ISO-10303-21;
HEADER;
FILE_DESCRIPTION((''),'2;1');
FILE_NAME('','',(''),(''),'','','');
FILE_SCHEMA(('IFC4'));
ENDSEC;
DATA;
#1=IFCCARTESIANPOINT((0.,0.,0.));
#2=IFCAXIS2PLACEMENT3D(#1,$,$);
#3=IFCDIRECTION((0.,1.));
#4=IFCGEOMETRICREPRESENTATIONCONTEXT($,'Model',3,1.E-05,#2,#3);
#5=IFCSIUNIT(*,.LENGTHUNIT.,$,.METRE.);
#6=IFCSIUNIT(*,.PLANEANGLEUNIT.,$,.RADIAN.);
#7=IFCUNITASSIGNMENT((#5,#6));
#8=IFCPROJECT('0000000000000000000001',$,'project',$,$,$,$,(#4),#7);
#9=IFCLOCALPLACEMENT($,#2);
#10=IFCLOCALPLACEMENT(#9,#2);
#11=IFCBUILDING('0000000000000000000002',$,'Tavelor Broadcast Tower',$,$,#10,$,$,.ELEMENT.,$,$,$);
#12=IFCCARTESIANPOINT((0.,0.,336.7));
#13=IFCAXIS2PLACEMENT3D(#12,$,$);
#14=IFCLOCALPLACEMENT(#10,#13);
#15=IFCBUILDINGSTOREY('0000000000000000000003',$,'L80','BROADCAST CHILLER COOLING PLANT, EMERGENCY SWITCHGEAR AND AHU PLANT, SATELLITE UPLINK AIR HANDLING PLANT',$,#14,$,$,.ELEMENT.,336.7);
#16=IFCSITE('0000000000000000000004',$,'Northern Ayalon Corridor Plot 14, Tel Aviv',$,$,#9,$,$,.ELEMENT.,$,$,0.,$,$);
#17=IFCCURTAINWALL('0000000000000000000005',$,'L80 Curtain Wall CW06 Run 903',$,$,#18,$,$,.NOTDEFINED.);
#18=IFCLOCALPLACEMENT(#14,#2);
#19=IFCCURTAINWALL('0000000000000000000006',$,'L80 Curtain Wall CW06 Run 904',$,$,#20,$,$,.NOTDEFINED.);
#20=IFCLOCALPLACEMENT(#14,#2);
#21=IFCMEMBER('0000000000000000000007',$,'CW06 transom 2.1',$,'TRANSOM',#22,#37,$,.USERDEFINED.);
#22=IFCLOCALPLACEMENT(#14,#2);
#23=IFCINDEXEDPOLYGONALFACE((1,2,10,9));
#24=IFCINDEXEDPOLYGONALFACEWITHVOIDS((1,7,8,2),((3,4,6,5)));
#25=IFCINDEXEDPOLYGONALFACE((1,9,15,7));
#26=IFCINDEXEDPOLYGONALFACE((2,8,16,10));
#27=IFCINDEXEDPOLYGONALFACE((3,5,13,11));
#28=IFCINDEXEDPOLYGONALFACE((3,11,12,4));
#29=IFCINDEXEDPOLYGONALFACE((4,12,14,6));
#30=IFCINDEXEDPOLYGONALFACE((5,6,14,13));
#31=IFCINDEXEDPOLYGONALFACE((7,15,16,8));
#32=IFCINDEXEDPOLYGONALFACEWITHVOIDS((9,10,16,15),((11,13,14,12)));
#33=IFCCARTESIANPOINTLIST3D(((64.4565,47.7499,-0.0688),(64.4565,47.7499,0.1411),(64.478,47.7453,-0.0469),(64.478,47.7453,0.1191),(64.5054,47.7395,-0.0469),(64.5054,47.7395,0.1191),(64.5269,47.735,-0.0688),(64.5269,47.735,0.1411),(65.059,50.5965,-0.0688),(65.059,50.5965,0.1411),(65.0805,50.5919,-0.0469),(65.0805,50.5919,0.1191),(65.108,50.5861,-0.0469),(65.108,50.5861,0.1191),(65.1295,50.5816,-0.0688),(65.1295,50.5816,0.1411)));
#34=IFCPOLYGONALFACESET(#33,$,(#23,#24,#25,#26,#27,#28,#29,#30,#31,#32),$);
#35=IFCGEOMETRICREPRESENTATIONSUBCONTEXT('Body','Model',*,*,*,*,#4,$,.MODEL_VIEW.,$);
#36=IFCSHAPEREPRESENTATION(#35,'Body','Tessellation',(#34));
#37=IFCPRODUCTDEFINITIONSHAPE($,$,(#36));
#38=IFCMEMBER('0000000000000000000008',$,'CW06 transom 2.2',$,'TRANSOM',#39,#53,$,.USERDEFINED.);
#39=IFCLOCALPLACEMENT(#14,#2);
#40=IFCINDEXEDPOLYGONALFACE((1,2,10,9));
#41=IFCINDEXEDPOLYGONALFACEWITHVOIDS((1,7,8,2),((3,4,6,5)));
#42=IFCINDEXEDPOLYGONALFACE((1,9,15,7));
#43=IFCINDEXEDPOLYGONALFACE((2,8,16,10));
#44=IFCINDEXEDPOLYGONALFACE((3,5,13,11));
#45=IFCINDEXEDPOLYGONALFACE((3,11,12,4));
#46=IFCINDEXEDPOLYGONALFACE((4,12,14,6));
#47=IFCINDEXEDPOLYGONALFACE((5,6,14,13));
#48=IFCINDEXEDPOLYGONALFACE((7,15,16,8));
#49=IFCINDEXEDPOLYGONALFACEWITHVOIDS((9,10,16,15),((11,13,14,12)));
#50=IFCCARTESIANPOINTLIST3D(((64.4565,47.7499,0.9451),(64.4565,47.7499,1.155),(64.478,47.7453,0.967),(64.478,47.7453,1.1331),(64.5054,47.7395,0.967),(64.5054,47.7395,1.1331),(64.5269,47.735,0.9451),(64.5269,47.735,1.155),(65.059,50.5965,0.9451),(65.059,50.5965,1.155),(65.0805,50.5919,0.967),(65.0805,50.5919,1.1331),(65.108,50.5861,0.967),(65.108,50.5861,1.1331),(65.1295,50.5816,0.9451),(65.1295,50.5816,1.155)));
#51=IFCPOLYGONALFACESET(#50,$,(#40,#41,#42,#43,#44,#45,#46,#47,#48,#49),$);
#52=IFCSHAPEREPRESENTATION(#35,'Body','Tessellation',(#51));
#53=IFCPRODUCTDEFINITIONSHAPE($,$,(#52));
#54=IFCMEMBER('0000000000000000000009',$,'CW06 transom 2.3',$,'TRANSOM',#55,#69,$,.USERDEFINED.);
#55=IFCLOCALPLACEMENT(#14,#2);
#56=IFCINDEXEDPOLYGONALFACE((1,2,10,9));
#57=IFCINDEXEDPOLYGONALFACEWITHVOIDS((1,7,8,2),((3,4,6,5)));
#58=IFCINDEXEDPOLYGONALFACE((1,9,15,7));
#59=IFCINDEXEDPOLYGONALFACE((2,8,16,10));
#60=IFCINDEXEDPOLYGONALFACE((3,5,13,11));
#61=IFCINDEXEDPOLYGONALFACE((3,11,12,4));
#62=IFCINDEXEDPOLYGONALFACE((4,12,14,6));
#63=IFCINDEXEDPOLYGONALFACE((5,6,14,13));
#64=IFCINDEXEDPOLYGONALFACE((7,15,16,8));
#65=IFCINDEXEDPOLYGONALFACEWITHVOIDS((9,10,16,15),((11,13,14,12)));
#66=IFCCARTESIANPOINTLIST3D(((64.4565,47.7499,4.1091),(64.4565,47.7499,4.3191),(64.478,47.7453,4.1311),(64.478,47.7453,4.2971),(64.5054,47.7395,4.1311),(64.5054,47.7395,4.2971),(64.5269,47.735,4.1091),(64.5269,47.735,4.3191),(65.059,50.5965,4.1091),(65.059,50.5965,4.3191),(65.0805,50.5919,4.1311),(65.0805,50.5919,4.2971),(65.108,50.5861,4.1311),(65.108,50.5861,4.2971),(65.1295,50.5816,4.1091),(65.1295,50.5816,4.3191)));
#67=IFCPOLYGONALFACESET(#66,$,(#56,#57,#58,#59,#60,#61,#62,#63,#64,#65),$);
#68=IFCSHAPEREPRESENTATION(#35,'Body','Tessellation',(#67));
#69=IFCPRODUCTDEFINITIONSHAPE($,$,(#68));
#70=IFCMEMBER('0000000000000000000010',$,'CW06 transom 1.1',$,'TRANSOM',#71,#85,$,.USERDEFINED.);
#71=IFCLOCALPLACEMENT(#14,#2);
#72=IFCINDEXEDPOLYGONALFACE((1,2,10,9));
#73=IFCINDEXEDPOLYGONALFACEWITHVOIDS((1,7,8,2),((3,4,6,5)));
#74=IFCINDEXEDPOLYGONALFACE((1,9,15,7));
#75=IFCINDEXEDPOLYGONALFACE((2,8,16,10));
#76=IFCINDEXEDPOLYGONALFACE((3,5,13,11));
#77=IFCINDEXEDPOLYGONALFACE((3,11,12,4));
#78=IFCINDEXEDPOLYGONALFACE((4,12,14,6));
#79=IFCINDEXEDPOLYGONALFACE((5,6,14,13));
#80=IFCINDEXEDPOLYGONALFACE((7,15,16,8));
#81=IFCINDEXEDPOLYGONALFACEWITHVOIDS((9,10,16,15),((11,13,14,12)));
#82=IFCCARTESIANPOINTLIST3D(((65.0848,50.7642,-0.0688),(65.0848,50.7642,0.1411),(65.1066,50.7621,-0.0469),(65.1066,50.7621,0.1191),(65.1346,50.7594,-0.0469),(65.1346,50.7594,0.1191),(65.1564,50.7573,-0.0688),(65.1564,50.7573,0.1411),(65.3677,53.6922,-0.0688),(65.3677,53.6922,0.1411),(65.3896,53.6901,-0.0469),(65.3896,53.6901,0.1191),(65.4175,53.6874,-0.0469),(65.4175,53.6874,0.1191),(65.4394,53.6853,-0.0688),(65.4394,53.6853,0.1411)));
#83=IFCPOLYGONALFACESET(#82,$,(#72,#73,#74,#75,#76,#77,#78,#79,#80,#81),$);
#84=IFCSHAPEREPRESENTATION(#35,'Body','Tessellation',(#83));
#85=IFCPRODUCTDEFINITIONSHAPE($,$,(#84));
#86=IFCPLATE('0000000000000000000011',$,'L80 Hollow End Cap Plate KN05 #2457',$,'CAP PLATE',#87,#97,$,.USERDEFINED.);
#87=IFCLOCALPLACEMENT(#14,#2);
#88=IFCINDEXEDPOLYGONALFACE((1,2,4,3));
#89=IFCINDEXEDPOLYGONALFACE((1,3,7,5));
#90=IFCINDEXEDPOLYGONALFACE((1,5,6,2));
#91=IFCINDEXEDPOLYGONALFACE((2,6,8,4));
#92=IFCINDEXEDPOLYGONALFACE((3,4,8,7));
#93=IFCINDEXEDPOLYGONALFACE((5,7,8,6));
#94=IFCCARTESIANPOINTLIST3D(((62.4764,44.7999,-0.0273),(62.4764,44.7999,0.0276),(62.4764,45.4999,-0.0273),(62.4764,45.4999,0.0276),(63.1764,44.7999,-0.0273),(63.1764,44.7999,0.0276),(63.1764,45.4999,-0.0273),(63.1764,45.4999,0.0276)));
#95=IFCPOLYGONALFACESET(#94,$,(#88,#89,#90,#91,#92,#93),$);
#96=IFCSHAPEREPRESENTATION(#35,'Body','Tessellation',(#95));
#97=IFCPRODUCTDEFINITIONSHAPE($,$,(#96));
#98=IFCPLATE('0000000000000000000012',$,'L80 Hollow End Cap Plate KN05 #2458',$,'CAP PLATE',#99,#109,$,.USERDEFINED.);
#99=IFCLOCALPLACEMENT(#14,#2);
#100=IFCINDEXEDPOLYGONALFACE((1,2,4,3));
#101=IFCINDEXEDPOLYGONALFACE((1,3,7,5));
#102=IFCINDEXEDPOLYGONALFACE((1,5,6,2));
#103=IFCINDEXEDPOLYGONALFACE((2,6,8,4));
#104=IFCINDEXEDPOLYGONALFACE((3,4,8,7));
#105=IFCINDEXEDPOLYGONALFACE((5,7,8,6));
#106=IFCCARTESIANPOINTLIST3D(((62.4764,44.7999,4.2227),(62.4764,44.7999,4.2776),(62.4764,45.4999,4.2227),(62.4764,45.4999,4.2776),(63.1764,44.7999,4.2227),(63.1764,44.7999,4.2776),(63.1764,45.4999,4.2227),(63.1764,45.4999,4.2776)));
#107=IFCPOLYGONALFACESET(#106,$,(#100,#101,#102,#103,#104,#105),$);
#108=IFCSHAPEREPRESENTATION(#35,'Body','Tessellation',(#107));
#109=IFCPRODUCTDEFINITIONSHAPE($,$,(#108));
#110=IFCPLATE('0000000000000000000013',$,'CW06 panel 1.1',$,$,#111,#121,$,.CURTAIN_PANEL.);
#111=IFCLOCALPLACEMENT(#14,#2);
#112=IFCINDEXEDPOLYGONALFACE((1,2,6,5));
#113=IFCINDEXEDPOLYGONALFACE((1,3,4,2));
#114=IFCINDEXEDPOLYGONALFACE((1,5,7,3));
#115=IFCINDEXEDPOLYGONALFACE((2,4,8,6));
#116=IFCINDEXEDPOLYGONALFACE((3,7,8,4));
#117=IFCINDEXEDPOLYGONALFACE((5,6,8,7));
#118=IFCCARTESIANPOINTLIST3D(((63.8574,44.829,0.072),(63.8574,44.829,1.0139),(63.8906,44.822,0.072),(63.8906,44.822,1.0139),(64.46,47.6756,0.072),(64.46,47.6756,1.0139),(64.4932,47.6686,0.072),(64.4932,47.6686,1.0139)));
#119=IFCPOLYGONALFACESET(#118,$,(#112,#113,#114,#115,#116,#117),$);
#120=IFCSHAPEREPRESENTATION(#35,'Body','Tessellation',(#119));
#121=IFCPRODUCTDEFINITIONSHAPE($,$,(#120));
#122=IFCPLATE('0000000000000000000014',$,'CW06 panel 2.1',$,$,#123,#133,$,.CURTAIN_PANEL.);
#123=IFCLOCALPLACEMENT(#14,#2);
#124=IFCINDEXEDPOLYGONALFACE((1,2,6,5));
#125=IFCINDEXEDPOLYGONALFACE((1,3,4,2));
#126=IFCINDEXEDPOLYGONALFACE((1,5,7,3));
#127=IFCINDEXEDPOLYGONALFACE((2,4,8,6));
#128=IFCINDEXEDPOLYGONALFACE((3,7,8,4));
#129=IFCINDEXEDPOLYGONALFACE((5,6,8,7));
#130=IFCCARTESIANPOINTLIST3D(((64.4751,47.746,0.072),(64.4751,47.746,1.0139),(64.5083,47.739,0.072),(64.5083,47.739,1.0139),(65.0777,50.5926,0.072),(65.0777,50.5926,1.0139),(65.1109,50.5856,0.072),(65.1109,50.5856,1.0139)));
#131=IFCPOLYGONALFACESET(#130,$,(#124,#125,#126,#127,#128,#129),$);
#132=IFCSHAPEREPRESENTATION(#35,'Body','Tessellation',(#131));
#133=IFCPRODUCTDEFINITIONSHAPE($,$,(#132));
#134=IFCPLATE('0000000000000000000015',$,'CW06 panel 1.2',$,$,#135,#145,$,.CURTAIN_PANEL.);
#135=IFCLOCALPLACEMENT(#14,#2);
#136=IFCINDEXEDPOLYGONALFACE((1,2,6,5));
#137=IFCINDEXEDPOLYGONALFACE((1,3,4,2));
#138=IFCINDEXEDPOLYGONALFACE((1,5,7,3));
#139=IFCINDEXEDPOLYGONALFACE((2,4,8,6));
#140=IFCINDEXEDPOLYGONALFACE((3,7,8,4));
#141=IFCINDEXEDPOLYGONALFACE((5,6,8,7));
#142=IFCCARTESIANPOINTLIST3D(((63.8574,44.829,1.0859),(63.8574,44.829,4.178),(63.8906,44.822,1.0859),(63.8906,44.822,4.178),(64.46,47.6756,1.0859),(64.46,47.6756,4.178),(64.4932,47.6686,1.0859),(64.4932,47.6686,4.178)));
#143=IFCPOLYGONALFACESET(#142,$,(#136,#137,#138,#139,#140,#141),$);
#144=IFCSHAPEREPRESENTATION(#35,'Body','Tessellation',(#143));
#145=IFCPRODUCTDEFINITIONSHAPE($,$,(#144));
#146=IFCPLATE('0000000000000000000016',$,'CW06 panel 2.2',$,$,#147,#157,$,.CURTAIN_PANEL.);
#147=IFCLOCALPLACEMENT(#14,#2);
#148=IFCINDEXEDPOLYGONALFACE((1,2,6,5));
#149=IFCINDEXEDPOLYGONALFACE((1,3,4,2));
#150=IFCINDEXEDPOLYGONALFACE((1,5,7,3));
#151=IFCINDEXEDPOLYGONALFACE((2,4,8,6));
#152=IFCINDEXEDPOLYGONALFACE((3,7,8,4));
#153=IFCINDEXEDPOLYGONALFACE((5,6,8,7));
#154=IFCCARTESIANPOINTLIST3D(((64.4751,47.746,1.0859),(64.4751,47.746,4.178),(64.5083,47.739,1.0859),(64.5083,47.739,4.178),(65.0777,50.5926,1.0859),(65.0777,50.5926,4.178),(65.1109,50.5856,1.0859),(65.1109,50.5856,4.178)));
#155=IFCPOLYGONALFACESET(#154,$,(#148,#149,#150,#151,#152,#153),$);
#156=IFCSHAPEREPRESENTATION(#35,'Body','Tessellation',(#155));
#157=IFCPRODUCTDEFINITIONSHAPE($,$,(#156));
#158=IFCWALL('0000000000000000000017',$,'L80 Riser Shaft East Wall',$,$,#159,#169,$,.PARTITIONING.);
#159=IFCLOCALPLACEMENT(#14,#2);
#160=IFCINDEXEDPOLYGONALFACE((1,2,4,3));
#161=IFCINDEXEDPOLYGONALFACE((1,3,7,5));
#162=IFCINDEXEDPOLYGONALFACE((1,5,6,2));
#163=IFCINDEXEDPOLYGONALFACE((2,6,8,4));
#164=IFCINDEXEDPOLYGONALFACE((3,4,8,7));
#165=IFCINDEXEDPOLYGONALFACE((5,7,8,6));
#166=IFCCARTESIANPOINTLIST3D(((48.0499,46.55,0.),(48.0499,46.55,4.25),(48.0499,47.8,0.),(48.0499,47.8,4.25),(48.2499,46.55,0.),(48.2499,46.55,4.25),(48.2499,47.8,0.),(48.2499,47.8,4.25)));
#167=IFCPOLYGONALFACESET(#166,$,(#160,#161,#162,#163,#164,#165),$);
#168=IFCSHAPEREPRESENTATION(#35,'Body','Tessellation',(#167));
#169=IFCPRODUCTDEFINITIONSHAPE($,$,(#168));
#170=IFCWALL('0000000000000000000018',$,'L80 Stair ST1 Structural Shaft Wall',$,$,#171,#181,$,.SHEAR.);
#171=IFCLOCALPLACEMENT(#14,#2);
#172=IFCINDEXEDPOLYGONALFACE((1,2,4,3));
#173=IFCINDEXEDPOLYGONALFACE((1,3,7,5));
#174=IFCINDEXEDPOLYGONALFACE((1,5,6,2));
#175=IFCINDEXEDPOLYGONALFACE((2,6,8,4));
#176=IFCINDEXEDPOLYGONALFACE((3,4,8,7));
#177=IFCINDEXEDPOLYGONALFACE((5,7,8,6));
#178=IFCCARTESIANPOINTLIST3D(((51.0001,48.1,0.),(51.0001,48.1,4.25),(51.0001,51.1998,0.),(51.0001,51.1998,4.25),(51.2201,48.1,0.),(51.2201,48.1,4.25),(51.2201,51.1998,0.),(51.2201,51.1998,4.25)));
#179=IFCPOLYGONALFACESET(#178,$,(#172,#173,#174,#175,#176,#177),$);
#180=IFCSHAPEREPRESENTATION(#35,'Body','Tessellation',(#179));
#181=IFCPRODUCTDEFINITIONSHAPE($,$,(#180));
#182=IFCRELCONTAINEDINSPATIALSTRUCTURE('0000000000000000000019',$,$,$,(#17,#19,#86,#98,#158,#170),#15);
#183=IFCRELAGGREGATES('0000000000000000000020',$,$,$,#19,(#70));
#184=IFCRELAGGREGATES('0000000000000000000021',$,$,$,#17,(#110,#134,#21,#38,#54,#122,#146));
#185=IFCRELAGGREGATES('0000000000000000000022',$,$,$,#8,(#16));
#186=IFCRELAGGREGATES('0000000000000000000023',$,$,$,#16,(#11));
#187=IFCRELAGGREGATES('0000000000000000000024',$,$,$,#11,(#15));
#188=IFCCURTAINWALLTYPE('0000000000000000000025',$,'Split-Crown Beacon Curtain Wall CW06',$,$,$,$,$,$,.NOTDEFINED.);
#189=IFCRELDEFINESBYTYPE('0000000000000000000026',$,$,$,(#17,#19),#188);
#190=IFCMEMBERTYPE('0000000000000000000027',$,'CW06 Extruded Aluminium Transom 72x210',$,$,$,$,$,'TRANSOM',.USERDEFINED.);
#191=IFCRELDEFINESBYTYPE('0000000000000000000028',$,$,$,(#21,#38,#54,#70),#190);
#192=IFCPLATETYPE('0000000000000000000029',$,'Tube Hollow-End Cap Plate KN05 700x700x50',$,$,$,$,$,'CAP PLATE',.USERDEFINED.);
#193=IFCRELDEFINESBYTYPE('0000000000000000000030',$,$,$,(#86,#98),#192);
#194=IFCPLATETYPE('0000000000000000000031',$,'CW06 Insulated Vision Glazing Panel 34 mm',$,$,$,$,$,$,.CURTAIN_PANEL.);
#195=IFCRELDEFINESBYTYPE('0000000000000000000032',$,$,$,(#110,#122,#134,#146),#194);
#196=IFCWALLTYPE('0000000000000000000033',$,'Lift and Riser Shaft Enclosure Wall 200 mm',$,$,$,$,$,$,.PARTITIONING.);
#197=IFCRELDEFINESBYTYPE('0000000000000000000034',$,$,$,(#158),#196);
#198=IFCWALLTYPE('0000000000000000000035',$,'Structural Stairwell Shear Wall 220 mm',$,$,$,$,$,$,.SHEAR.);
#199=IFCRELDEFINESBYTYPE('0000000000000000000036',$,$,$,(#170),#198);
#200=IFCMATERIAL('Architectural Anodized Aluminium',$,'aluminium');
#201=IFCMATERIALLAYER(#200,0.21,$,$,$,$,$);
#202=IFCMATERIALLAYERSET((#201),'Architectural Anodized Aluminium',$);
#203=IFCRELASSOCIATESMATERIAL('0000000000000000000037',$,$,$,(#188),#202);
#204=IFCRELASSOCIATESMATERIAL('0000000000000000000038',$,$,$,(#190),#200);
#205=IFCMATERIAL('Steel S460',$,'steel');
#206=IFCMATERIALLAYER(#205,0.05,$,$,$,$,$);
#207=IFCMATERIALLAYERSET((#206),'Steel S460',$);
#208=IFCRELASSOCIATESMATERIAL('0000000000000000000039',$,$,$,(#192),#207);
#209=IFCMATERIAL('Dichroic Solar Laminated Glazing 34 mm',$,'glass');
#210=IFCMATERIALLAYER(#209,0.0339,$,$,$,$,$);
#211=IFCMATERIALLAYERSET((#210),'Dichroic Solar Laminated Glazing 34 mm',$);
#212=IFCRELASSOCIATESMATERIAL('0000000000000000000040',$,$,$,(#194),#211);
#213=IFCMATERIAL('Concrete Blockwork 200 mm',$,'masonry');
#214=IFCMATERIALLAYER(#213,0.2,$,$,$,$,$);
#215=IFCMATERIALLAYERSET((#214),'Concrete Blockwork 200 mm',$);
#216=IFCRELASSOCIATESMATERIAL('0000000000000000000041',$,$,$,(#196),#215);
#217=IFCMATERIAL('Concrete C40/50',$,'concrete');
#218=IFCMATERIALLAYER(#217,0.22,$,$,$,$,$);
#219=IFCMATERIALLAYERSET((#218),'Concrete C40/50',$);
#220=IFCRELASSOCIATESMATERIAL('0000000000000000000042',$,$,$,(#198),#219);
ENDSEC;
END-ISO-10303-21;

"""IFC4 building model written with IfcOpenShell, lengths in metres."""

from ifc_helpers import new_model, si_unit, direction, frame, frame_2d, origin, origin_2d, place, context, subcontext, project, spatial, rectangle, hollow_rectangle, extrude, source, transform, mapped, material, layer, layer_set, material_profile, profile_set, type_object, type_shapes, element, aggregate, save


model = new_model("IFC4")

# Units and contexts
model_context = context("Model", 3, precision=1e-05, world=origin(), true_north=direction((0.0, 1.0)))
body_context = subcontext(model_context, "Body", "Model", "MODEL_VIEW")
ifc_project = project(units=[si_unit("LENGTHUNIT", "METRE"), si_unit("PLANEANGLEUNIT", "RADIAN")], contexts=[model_context])

# Site, building, storey
site_placement = place(None, origin())
site = spatial("IfcSite", under=ifc_project, at=site_placement, Name="Northern Ayalon Corridor Plot 14, Tel Aviv", CompositionType="ELEMENT", RefElevation=0.0)
building_placement = place(site_placement, origin())
building = spatial("IfcBuilding", under=site, at=building_placement, Name="Tavelor Broadcast Tower", CompositionType="ELEMENT")
storey_placement = place(building_placement, frame((0.0, 0.0, 336.7)))
storey = spatial("IfcBuildingStorey", under=building, at=storey_placement, Name="L80", Description="BROADCAST CHILLER COOLING PLANT, EMERGENCY SWITCHGEAR AND AHU PLANT, SATELLITE UPLINK AIR HANDLING PLANT", CompositionType="ELEMENT", Elevation=336.7)

# Shared definitions
ifc_material_1 = material(Name="Concrete C40/50", Category="concrete")

# Curtain wall
ifc_material_2 = material(Name="Architectural Anodized Aluminium", Category="aluminium")
ifc_layer_1 = layer(ifc_material_2, 0.21)
ifc_layer_set_1 = layer_set([ifc_layer_1], Name="Architectural Anodized Aluminium")
curtain_wall_type = type_object("IfcCurtainWallType", Name="Split-Crown Beacon Curtain Wall CW06", PredefinedType="NOTDEFINED", material=ifc_layer_set_1)
curtain_wall_1_placement = place(storey_placement, origin())
curtain_wall_1 = element("IfcCurtainWall", 1, at=curtain_wall_1_placement, inside=storey, type_object=curtain_wall_type, Name="L80 Curtain Wall CW06 Run 903", PredefinedType="NOTDEFINED")

# Curtain wall
curtain_wall_2_placement = place(storey_placement, origin())
curtain_wall_2 = element("IfcCurtainWall", 2, at=curtain_wall_2_placement, inside=storey, type_object=curtain_wall_type, Name="L80 Curtain Wall CW06 Run 904", PredefinedType="NOTDEFINED")

# Members
ifc_material_profile_1 = material_profile(ifc_material_2, hollow_rectangle(XDim=0.072, YDim=0.21, WallThickness=0.022, at=origin_2d()), Name="RHS 72x210x22")
ifc_profile_set_1 = profile_set([ifc_material_profile_1], Name="Architectural Anodized Aluminium")
member_type_1 = type_object("IfcMemberType", Name="CW06 Extruded Aluminium Transom 72x210", ElementType="TRANSOM", PredefinedType="USERDEFINED", material=ifc_profile_set_1)
shared_shape_1 = source(origin(), body_context, "Body", "SweptSolid", [
    extrude(hollow_rectangle(XDim=0.072, YDim=0.21, WallThickness=0.022, at=origin_2d()), origin(), (0.0, 0.0, 1.0), 2.9097),
])
member_1_placement = place(storey_placement, frame((64.4917, 47.7424, 0.0361), z_axis=(0.207076, 0.978325, 0.0), x_axis=(-0.978325, 0.207076, 0.0)))
member_1 = element("IfcMember", 3, at=member_1_placement, type_object=member_type_1, Name="CW06 transom 2.1", ObjectType="TRANSOM", PredefinedType="USERDEFINED", context=body_context, shape_type="MappedRepresentation", body=[
    mapped(shared_shape_1, transform((0.0, 0.0, 0.0), scale=1.0)),
])
member_2_placement = place(storey_placement, frame((64.4917, 47.7424, 1.05), z_axis=(0.207076, 0.978325, 0.0), x_axis=(-0.978325, 0.207076, 0.0)))
member_2 = element("IfcMember", 4, at=member_2_placement, type_object=member_type_1, Name="CW06 transom 2.2", ObjectType="TRANSOM", PredefinedType="USERDEFINED", context=body_context, shape_type="MappedRepresentation", body=[
    mapped(shared_shape_1, transform((0.0, 0.0, 0.0), scale=1.0)),
])
member_3_placement = place(storey_placement, frame((64.4917, 47.7424, 4.2141), z_axis=(0.207076, 0.978325, 0.0), x_axis=(-0.978325, 0.207076, 0.0)))
member_3 = element("IfcMember", 5, at=member_3_placement, type_object=member_type_1, Name="CW06 transom 2.3", ObjectType="TRANSOM", PredefinedType="USERDEFINED", context=body_context, shape_type="MappedRepresentation", body=[
    mapped(shared_shape_1, transform((0.0, 0.0, 0.0), scale=1.0)),
])
shared_shape_2 = source(origin(), body_context, "Body", "SweptSolid", [
    extrude(hollow_rectangle(XDim=0.072, YDim=0.21, WallThickness=0.022, at=origin_2d()), origin(), (0.0, 0.0, 1.0), 2.9417),
])
type_shapes(member_type_1, [shared_shape_1, shared_shape_2])
member_4_placement = place(storey_placement, frame((65.1206, 50.7607, 0.0361), z_axis=(0.096192, 0.995363, 0.0), x_axis=(-0.995363, 0.096192, 0.0)))
member_4 = element("IfcMember", 6, at=member_4_placement, type_object=member_type_1, Name="CW06 transom 1.1", ObjectType="TRANSOM", PredefinedType="USERDEFINED", context=body_context, shape_type="MappedRepresentation", body=[
    mapped(shared_shape_2, transform((0.0, 0.0, 0.0), scale=1.0)),
])
aggregate(curtain_wall_2, [member_4])

# Plates
ifc_material_3 = material(Name="Steel S460", Category="steel")
ifc_layer_2 = layer(ifc_material_3, 0.05)
ifc_layer_set_2 = layer_set([ifc_layer_2], Name="Steel S460")
plate_type_1 = type_object("IfcPlateType", Name="Tube Hollow-End Cap Plate KN05 700x700x50", ElementType="CAP PLATE", PredefinedType="USERDEFINED", material=ifc_layer_set_2)
shared_shape_3 = source(origin(), body_context, "Body", "SweptSolid", [
    extrude(rectangle(XDim=0.7, YDim=0.7, at=origin_2d()), origin(), (0.0, 0.0, 1.0), 0.0549),
])
type_shapes(plate_type_1, [shared_shape_3])
for number, where, z_axis, x_axis, name in (
    (7, (62.8264, 45.1499, -0.0273), (0.0, 0.0, 1.0), (1.0, 0.0, 0.0), "L80 Hollow End Cap Plate KN05 #2457"),
    (8, (62.8264, 45.1499, 4.2227), (0.0, 0.0, 1.0), (1.0, 0.0, 0.0), "L80 Hollow End Cap Plate KN05 #2458"),
):
    element("IfcPlate", number, at=place(storey_placement, frame(where, z_axis=z_axis, x_axis=x_axis)), inside=storey, type_object=plate_type_1, Name=name, ObjectType="CAP PLATE", PredefinedType="USERDEFINED", context=body_context, shape_type="MappedRepresentation", body=[
        mapped(shared_shape_3, transform((0.0, 0.0, 0.0), scale=1.0)),
    ])

# Plates
ifc_material_4 = material(Name="Dichroic Solar Laminated Glazing 34 mm", Category="glass")
ifc_layer_3 = layer(ifc_material_4, 0.0339)
ifc_layer_set_3 = layer_set([ifc_layer_3], Name="Dichroic Solar Laminated Glazing 34 mm")
plate_type_2 = type_object("IfcPlateType", Name="CW06 Insulated Vision Glazing Panel 34 mm", PredefinedType="CURTAIN_PANEL", material=ifc_layer_set_3)
shared_shape_4 = source(origin(), body_context, "Body", "SweptSolid", [
    extrude(rectangle(XDim=2.9097, YDim=0.0339, at=origin_2d()), origin(), (0.0, 0.0, 1.0), 0.9419),
])
plate_1_placement = place(storey_placement, frame((64.1753, 46.2488, 0.072), z_axis=(0.0, 0.0, 1.0), x_axis=(0.2071, 0.97832, 0.0)))
plate_1 = element("IfcPlate", 9, at=plate_1_placement, type_object=plate_type_2, Name="CW06 panel 1.1", PredefinedType="CURTAIN_PANEL", context=body_context, shape_type="MappedRepresentation", body=[
    mapped(shared_shape_4, transform((0.0, 0.0, 0.0), scale=1.0)),
])
plate_2_placement = place(storey_placement, frame((64.793, 49.1658, 0.072), z_axis=(0.0, 0.0, 1.0), x_axis=(0.2071, 0.97832, 0.0)))
plate_2 = element("IfcPlate", 10, at=plate_2_placement, type_object=plate_type_2, Name="CW06 panel 2.1", PredefinedType="CURTAIN_PANEL", context=body_context, shape_type="MappedRepresentation", body=[
    mapped(shared_shape_4, transform((0.0, 0.0, 0.0), scale=1.0)),
])
shared_shape_5 = source(origin(), body_context, "Body", "SweptSolid", [
    extrude(rectangle(XDim=2.9097, YDim=0.0339, at=origin_2d()), origin(), (0.0, 0.0, 1.0), 3.092),
])
type_shapes(plate_type_2, [shared_shape_4, shared_shape_5])
plate_3_placement = place(storey_placement, frame((64.1753, 46.2488, 1.0859), z_axis=(0.0, 0.0, 1.0), x_axis=(0.2071, 0.97832, 0.0)))
plate_3 = element("IfcPlate", 11, at=plate_3_placement, type_object=plate_type_2, Name="CW06 panel 1.2", PredefinedType="CURTAIN_PANEL", context=body_context, shape_type="MappedRepresentation", body=[
    mapped(shared_shape_5, transform((0.0, 0.0, 0.0), scale=1.0)),
])
plate_4_placement = place(storey_placement, frame((64.793, 49.1658, 1.0859), z_axis=(0.0, 0.0, 1.0), x_axis=(0.2071, 0.97832, 0.0)))
plate_4 = element("IfcPlate", 12, at=plate_4_placement, type_object=plate_type_2, Name="CW06 panel 2.2", PredefinedType="CURTAIN_PANEL", context=body_context, shape_type="MappedRepresentation", body=[
    mapped(shared_shape_5, transform((0.0, 0.0, 0.0), scale=1.0)),
])
aggregate(curtain_wall_1, [plate_1, plate_3, member_1, member_2, member_3, plate_2, plate_4])

# Walls
ifc_material_5 = material(Name="Concrete Blockwork 200 mm", Category="masonry")
ifc_layer_4 = layer(ifc_material_5, 0.2)
ifc_layer_set_4 = layer_set([ifc_layer_4], Name="Concrete Blockwork 200 mm")
wall_type_1 = type_object("IfcWallType", Name="Lift and Riser Shaft Enclosure Wall 200 mm", PredefinedType="PARTITIONING", material=ifc_layer_set_4)
wall_1_placement = place(storey_placement, frame((48.1499, 46.55, 0.0), z_axis=(0.0, 0.0, 1.0), x_axis=(0.0, 1.0, 0.0)))
element("IfcWall", 13, at=wall_1_placement, inside=storey, type_object=wall_type_1, Name="L80 Riser Shaft East Wall", PredefinedType="PARTITIONING", context=body_context, shape_type="SweptSolid", body=[
    extrude(rectangle(XDim=1.25, YDim=0.2, at=frame_2d((0.625, 0.0))), origin(), (0.0, 0.0, 1.0), 4.25),
])
ifc_layer_5 = layer(ifc_material_1, 0.22)
ifc_layer_set_5 = layer_set([ifc_layer_5], Name="Concrete C40/50")
wall_type_2 = type_object("IfcWallType", Name="Structural Stairwell Shear Wall 220 mm", PredefinedType="SHEAR", material=ifc_layer_set_5)
wall_2_placement = place(storey_placement, frame((51.1101, 48.1001, 0.0), z_axis=(0.0, 0.0, 1.0), x_axis=(0.0, 1.0, 0.0)))
element("IfcWall", 14, at=wall_2_placement, inside=storey, type_object=wall_type_2, Name="L80 Stair ST1 Structural Shaft Wall", PredefinedType="SHEAR", context=body_context, shape_type="SweptSolid", body=[
    extrude(rectangle(XDim=3.0999, YDim=0.22, at=frame_2d((1.5498, 0.0))), origin(), (0.0, 0.0, 1.0), 4.25),
])

save(model, "model.ifc")
